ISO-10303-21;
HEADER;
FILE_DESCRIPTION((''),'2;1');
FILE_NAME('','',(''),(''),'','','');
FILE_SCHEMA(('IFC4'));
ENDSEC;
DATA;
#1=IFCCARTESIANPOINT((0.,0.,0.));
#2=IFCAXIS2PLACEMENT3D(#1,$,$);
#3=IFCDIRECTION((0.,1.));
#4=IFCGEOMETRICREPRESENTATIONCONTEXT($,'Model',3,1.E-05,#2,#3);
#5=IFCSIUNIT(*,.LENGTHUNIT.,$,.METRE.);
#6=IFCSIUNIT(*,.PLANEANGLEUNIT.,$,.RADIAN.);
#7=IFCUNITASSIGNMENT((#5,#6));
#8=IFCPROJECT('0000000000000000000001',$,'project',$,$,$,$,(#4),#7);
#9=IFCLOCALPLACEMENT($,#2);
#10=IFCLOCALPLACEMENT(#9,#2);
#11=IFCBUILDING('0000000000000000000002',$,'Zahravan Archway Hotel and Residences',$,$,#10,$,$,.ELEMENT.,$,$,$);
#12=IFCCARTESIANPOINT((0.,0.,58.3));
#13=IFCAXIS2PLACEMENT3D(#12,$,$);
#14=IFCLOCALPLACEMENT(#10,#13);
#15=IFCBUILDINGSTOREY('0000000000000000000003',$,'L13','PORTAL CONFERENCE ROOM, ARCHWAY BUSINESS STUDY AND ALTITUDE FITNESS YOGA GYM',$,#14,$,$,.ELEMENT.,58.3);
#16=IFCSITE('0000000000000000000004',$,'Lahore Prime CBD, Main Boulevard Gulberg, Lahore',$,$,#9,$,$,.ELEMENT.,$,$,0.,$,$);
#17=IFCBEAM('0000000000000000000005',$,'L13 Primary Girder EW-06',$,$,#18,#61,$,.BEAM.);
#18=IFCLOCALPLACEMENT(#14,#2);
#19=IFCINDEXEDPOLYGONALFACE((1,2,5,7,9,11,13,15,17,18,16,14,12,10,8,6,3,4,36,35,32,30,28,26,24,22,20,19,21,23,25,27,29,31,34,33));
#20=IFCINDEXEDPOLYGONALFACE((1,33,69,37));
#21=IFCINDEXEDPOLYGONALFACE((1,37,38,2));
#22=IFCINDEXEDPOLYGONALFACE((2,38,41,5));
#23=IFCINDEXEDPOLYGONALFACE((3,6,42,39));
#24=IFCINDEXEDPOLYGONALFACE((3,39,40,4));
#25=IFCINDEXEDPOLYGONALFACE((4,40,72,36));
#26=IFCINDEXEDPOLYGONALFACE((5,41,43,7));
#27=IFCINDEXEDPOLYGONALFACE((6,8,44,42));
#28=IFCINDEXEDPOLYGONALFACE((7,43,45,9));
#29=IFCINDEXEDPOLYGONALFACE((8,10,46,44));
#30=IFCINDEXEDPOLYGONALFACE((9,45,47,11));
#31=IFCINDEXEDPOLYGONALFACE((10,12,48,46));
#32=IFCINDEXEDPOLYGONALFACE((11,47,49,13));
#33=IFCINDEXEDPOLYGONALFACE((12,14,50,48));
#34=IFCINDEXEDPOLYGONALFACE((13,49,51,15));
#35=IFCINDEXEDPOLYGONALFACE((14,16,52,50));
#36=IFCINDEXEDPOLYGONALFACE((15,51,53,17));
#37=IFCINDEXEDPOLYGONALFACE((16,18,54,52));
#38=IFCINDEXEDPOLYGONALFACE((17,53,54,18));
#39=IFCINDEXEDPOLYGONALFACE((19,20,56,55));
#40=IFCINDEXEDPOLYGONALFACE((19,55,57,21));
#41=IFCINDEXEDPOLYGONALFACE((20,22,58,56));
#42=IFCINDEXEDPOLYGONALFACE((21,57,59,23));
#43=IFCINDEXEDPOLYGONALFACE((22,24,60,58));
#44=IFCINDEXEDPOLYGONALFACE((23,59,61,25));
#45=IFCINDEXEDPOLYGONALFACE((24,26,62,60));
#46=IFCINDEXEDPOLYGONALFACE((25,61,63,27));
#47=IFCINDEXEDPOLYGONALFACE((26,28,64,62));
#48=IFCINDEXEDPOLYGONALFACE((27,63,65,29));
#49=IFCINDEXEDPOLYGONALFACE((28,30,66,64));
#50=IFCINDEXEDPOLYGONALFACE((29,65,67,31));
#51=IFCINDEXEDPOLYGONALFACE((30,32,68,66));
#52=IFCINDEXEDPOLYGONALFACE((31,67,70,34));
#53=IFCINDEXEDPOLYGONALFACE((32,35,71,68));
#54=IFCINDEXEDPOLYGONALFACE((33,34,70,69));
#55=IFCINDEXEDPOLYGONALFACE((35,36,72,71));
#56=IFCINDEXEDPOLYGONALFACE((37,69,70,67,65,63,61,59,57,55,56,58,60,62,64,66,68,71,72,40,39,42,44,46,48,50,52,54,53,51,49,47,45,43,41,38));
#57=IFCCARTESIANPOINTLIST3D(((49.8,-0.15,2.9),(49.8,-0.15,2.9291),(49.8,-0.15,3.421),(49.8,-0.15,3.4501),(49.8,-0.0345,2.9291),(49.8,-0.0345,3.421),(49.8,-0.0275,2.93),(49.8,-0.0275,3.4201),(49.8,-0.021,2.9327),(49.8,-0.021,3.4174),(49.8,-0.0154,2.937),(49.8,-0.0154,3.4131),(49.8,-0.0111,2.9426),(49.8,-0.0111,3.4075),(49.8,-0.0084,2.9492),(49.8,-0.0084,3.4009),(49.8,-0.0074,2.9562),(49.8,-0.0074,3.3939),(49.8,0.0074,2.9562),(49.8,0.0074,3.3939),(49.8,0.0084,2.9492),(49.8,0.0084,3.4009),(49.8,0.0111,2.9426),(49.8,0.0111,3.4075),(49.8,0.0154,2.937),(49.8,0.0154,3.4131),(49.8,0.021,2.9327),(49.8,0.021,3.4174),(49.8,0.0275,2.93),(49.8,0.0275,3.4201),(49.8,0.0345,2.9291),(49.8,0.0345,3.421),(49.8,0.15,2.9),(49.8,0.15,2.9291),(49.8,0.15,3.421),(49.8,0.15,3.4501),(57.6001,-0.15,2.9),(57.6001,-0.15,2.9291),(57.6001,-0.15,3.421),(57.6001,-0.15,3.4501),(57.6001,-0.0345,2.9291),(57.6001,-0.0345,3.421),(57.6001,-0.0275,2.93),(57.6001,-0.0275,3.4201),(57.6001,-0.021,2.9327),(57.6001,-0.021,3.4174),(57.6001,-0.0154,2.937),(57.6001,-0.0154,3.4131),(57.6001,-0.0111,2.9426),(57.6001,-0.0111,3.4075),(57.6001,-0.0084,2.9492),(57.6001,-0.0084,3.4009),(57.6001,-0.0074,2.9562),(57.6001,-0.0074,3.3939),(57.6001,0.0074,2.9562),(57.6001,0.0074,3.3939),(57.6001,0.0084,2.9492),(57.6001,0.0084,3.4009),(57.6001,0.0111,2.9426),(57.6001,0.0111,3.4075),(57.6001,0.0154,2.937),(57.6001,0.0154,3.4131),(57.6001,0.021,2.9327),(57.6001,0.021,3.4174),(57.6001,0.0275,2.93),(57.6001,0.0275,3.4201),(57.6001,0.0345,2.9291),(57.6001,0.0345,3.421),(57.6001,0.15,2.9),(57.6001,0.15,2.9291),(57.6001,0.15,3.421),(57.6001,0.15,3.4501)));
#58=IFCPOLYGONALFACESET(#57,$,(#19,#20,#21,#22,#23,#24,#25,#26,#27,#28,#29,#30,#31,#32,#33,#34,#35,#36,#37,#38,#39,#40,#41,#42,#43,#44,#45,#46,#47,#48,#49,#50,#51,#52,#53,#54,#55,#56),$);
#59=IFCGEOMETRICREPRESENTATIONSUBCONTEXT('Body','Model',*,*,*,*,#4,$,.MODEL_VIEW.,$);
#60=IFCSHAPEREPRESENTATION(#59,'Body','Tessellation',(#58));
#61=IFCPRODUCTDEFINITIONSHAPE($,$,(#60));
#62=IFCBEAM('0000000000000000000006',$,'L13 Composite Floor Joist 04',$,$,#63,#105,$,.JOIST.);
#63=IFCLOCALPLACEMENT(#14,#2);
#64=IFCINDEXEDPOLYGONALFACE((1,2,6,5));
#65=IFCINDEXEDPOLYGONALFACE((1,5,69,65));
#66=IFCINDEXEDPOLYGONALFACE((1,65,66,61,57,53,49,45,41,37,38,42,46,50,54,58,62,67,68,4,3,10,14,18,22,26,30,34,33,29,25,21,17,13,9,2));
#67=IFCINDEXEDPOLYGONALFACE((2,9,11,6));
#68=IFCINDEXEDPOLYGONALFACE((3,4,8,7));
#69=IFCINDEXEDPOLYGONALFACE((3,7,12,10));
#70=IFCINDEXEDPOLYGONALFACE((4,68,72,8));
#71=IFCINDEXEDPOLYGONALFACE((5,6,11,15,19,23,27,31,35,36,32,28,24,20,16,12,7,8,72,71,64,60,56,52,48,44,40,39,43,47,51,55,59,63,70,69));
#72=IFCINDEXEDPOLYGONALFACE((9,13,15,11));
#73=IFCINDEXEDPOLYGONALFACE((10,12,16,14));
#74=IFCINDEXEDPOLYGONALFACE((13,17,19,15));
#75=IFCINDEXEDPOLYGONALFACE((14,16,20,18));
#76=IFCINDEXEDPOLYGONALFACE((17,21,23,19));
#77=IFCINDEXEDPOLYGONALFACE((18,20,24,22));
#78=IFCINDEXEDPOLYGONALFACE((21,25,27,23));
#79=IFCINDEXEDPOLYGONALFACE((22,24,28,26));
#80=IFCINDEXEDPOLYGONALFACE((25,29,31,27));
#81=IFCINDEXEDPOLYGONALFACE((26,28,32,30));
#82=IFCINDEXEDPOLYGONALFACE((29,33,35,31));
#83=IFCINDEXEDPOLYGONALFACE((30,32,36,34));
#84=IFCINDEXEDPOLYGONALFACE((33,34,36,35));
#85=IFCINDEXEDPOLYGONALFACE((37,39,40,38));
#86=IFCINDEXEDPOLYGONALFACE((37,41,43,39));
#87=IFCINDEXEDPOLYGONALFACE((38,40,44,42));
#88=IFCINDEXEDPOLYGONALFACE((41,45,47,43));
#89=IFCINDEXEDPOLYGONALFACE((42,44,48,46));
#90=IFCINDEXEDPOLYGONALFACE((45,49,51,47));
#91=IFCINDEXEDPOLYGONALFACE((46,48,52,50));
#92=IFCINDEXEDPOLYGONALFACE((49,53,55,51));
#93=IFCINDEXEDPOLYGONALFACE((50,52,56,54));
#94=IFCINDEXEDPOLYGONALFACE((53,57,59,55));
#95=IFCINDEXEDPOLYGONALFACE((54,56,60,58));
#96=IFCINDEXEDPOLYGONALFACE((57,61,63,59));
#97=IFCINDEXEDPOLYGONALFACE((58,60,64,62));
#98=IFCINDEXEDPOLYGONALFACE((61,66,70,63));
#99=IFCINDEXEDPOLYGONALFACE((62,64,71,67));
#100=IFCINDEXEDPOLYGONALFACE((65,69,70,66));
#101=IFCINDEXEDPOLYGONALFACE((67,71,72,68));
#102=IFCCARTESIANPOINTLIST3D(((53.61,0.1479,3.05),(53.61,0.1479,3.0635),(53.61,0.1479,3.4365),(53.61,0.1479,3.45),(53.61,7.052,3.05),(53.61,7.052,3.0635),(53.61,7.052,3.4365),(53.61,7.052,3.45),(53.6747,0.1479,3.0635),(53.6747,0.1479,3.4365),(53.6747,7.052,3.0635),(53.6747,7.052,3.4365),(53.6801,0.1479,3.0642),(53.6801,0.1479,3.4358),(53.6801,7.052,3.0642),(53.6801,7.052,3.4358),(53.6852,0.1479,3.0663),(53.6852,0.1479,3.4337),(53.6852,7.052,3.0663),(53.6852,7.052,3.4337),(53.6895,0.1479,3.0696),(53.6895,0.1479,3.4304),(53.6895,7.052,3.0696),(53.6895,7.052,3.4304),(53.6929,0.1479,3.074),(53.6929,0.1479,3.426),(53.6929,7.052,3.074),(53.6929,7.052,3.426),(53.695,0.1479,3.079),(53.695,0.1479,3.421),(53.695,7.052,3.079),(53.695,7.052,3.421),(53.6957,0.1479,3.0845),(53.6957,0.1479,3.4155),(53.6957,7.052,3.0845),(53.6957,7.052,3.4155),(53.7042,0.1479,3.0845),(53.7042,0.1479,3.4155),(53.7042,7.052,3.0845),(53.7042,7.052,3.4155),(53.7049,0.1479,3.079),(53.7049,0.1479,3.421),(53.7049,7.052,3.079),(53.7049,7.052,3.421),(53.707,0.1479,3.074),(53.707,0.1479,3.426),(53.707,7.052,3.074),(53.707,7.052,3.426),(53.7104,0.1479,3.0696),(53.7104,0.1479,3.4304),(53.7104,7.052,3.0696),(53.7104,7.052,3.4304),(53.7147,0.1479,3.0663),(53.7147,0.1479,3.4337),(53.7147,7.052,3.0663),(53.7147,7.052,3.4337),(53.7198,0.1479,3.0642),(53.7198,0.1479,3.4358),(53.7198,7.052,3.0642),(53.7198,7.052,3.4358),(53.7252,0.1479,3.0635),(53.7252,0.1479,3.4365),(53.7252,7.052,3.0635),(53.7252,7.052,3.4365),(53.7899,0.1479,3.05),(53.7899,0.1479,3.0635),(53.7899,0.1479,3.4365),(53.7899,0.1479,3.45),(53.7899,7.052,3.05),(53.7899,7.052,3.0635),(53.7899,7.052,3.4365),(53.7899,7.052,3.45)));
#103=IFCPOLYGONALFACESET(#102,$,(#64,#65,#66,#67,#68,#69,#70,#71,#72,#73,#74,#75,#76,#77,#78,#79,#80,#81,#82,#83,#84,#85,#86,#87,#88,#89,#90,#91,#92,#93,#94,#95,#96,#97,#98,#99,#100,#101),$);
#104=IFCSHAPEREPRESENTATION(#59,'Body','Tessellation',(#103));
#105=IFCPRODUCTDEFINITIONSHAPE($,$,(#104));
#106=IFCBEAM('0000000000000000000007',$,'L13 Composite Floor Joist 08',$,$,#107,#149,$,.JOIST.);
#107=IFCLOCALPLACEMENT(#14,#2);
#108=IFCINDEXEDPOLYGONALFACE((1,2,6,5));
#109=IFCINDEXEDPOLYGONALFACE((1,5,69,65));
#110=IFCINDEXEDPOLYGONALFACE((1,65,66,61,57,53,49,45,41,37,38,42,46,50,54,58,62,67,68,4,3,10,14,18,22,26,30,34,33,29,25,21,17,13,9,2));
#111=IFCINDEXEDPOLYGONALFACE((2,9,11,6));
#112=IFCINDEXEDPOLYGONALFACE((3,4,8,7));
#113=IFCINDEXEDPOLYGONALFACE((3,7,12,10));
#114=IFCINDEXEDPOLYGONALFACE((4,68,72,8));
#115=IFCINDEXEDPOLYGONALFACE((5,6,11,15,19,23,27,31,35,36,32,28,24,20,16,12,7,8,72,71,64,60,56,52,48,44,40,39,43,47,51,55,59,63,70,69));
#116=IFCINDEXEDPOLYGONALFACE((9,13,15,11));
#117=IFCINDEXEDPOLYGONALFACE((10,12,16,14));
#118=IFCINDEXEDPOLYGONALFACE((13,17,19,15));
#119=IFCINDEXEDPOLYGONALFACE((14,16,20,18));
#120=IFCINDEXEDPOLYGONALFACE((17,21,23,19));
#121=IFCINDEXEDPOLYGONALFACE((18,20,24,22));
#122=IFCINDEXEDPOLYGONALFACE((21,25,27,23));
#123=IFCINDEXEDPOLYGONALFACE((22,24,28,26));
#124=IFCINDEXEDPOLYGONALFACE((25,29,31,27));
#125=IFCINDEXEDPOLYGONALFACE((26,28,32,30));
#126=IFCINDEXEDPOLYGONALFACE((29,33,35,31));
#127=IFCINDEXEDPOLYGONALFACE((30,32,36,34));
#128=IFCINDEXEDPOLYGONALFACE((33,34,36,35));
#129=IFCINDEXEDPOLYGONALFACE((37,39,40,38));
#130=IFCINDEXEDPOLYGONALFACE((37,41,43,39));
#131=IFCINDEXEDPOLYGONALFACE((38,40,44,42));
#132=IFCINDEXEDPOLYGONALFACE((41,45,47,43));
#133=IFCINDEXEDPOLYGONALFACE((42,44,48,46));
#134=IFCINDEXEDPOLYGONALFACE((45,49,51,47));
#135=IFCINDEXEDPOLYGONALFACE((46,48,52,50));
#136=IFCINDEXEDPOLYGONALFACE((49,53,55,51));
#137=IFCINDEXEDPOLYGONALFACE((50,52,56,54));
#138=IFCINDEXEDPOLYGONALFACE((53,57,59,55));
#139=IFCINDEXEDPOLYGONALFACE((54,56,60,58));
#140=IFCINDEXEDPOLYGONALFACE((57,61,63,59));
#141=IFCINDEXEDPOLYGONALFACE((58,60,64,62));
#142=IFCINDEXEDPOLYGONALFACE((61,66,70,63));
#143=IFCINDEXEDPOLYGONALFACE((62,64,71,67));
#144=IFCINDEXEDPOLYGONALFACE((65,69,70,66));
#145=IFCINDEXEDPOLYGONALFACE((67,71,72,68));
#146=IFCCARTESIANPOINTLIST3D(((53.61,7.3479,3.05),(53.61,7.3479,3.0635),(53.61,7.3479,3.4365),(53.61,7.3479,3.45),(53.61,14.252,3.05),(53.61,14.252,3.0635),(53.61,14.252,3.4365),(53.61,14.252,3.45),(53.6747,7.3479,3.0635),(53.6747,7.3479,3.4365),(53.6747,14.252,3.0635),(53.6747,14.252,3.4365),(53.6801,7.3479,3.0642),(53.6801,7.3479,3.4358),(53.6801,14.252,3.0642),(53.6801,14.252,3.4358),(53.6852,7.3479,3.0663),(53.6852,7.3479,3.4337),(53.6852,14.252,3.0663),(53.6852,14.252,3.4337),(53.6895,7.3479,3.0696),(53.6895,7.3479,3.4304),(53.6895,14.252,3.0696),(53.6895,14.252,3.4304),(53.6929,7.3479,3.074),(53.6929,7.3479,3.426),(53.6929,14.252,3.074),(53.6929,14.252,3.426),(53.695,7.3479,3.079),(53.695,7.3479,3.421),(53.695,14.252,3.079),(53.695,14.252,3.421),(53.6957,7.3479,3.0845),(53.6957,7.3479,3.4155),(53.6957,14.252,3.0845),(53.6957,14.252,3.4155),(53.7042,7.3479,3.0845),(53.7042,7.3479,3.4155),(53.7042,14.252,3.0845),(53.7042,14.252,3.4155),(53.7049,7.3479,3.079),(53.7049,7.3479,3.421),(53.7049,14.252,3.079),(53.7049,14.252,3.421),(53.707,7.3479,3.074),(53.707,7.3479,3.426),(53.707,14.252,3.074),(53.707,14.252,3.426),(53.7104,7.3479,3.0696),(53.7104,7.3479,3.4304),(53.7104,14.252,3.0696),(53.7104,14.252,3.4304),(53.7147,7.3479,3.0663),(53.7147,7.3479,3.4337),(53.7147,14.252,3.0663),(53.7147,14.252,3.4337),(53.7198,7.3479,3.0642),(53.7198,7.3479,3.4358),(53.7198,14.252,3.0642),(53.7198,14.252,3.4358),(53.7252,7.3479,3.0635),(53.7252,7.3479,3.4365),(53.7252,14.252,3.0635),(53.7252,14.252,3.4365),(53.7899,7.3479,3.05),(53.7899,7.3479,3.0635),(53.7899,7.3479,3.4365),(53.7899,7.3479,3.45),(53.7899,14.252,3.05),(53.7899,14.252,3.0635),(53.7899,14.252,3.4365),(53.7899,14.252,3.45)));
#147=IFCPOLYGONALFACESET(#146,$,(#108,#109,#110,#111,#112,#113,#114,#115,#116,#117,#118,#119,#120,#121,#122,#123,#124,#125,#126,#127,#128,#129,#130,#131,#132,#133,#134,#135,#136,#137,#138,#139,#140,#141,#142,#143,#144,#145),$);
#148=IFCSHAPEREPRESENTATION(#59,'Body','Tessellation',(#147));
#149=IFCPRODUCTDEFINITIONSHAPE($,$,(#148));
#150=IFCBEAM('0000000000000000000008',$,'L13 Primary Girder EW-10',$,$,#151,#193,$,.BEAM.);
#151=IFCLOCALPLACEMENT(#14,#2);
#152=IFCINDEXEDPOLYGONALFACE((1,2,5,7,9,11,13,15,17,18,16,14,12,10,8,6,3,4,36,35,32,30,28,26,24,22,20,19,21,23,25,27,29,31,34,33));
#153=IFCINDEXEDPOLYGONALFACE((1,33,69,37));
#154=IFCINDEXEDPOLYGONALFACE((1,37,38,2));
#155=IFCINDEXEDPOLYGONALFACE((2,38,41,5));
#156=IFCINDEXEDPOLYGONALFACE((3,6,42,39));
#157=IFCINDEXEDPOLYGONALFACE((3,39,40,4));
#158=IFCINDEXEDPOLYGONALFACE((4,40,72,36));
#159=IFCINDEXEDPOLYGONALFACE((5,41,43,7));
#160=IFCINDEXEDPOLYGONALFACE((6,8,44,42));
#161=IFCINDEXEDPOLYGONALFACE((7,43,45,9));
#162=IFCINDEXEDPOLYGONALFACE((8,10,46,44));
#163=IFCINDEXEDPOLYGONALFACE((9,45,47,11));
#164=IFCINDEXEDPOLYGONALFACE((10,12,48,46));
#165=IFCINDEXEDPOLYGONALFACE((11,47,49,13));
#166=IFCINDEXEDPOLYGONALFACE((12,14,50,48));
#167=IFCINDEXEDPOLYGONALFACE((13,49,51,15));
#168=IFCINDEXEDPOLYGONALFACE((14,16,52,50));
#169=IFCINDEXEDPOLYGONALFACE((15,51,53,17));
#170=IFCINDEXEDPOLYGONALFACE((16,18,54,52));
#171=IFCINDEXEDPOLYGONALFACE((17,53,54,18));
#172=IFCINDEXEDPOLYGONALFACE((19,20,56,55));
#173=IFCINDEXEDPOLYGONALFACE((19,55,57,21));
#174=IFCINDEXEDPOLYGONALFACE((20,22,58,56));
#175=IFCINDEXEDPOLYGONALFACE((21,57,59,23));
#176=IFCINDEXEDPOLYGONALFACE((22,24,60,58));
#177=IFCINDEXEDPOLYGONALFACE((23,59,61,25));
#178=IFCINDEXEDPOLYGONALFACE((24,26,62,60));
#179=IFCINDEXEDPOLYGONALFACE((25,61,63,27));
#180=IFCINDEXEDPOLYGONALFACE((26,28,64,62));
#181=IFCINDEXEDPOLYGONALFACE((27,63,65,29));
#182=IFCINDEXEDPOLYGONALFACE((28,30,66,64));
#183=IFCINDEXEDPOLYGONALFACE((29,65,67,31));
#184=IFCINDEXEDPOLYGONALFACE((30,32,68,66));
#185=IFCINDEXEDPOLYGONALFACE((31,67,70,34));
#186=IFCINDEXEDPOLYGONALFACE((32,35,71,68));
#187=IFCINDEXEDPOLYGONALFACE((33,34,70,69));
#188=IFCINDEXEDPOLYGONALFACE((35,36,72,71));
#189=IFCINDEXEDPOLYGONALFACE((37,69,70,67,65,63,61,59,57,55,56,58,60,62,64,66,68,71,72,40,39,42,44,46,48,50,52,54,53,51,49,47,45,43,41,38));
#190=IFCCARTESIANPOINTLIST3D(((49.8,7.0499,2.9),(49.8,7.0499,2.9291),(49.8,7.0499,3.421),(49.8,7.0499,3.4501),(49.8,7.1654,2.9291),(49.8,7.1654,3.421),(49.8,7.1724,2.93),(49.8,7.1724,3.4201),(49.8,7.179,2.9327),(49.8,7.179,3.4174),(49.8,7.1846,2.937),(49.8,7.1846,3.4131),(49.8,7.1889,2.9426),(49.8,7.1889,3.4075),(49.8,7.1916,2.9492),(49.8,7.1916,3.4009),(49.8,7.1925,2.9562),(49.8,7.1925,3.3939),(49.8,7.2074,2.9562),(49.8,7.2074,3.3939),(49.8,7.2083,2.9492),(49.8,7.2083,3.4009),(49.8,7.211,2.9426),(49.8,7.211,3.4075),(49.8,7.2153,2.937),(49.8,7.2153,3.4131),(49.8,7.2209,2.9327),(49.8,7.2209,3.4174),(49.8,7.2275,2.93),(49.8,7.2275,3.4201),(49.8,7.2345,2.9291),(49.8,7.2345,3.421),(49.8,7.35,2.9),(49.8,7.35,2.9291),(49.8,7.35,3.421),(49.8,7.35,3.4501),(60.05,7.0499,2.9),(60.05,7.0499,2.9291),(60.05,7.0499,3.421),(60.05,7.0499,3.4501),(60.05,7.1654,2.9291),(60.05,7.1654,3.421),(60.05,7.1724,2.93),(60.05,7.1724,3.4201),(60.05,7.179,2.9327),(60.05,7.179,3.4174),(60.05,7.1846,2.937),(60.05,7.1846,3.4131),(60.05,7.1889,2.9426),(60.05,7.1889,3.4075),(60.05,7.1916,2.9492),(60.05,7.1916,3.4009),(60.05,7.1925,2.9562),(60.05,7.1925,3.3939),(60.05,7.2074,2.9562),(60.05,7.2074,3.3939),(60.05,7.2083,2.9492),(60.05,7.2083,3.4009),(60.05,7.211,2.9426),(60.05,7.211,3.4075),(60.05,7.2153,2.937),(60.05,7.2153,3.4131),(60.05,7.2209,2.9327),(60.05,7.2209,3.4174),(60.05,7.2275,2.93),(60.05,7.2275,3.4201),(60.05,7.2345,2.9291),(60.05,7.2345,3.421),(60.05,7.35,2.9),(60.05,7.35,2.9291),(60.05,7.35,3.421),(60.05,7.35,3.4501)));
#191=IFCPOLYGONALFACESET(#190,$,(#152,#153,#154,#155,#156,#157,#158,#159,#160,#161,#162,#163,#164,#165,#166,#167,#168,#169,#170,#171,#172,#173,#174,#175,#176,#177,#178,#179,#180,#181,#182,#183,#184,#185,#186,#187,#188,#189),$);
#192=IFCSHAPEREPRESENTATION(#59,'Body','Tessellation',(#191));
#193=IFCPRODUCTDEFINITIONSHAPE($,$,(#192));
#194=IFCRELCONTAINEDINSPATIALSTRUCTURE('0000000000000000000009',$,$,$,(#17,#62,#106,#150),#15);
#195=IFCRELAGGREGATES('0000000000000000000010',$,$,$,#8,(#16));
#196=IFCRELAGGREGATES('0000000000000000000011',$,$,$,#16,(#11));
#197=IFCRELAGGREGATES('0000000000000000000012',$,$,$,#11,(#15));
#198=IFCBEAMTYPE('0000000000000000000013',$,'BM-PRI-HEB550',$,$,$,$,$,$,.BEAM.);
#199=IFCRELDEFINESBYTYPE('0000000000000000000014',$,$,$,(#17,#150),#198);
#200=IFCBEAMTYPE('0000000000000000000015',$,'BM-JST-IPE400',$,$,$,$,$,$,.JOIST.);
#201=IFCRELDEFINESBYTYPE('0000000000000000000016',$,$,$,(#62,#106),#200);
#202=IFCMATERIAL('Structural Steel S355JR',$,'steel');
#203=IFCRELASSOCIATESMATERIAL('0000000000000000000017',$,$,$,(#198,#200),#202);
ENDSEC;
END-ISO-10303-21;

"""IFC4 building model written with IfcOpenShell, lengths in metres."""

from ifc_helpers import new_model, si_unit, direction, frame, origin, origin_2d, place, context, subcontext, project, spatial, i_section, extrude, source, transform, mapped, material, material_profile, profile_set, type_object, type_shapes, element, save


model = new_model("IFC4")

# Units and contexts
model_context = context("Model", 3, precision=1e-05, world=origin(), true_north=direction((0.0, 1.0)))
body_context = subcontext(model_context, "Body", "Model", "MODEL_VIEW")
ifc_project = project(units=[si_unit("LENGTHUNIT", "METRE"), si_unit("PLANEANGLEUNIT", "RADIAN")], contexts=[model_context])

# Site, building, storey
site_placement = place(None, origin())
site = spatial("IfcSite", under=ifc_project, at=site_placement, Name="Lahore Prime CBD, Main Boulevard Gulberg, Lahore", CompositionType="ELEMENT", RefElevation=0.0)
building_placement = place(site_placement, origin())
building = spatial("IfcBuilding", under=site, at=building_placement, Name="Zahravan Archway Hotel and Residences", CompositionType="ELEMENT")
storey_placement = place(building_placement, frame((0.0, 0.0, 58.3)))
storey = spatial("IfcBuildingStorey", under=building, at=storey_placement, Name="L13", Description="PORTAL CONFERENCE ROOM, ARCHWAY BUSINESS STUDY AND ALTITUDE FITNESS YOGA GYM", CompositionType="ELEMENT", Elevation=58.3)

# Beams
ifc_material_1 = material(Name="Structural Steel S355JR", Category="steel")
ifc_material_profile_1 = material_profile(ifc_material_1, i_section(OverallWidth=0.3, OverallDepth=0.55, WebThickness=0.0149, FlangeThickness=0.0291, FilletRadius=0.0271, at=origin_2d()), Name="HEB 550", Category="steel")
ifc_profile_set_1 = profile_set([ifc_material_profile_1], Name="Structural Steel S355JR")
beam_type_1 = type_object("IfcBeamType", Name="BM-PRI-HEB550", PredefinedType="BEAM", material=ifc_profile_set_1)
shared_shape_1 = source(origin(), body_context, "Body", "SweptSolid", [
    extrude(i_section(OverallWidth=0.3, OverallDepth=0.55, WebThickness=0.0149, FlangeThickness=0.0291, FilletRadius=0.0271, at=origin_2d()), origin(), (0.0, 0.0, 1.0), 7.8),
])
beam_1_placement = place(storey_placement, frame((49.8, 0.0, 3.175), z_axis=(1.0, 0.0, 0.0), x_axis=(0.0, 1.0, 0.0)))
element("IfcBeam", 1, at=beam_1_placement, inside=storey, type_object=beam_type_1, Name="L13 Primary Girder EW-06", PredefinedType="BEAM", context=body_context, shape_type="MappedRepresentation", body=[
    mapped(shared_shape_1, transform((0.0, 0.0, 0.0), scale=1.0)),
])
ifc_material_profile_2 = material_profile(ifc_material_1, i_section(OverallWidth=0.1799, OverallDepth=0.3999, WebThickness=0.0085, FlangeThickness=0.0134, FilletRadius=0.021, at=origin_2d()), Name="IPE 400", Category="steel")
ifc_profile_set_2 = profile_set([ifc_material_profile_2], Name="Structural Steel S355JR")
beam_type_2 = type_object("IfcBeamType", Name="BM-JST-IPE400", PredefinedType="JOIST", material=ifc_profile_set_2)
shared_shape_2 = source(origin(), body_context, "Body", "SweptSolid", [
    extrude(i_section(OverallWidth=0.1799, OverallDepth=0.3999, WebThickness=0.0085, FlangeThickness=0.0134, FilletRadius=0.021, at=origin_2d()), origin(), (0.0, 0.0, 1.0), 6.9041),
])
type_shapes(beam_type_2, [shared_shape_2])
for number, where, z_axis, x_axis, name in (
    (2, (53.7, 0.1479, 3.25), (0.0, 1.0, 0.0), (-1.0, 0.0, 0.0), "L13 Composite Floor Joist 04"),
    (3, (53.7, 7.3479, 3.25), (0.0, 1.0, 0.0), (-1.0, 0.0, 0.0), "L13 Composite Floor Joist 08"),
):
    element("IfcBeam", number, at=place(storey_placement, frame(where, z_axis=z_axis, x_axis=x_axis)), inside=storey, type_object=beam_type_2, Name=name, PredefinedType="JOIST", context=body_context, shape_type="MappedRepresentation", body=[
        mapped(shared_shape_2, transform((0.0, 0.0, 0.0), scale=1.0)),
    ])
shared_shape_3 = source(origin(), body_context, "Body", "SweptSolid", [
    extrude(i_section(OverallWidth=0.3, OverallDepth=0.55, WebThickness=0.0149, FlangeThickness=0.0291, FilletRadius=0.0271, at=origin_2d()), origin(), (0.0, 0.0, 1.0), 10.25),
])
beam_2_placement = place(storey_placement, frame((49.8, 7.2, 3.175), z_axis=(1.0, 0.0, 0.0), x_axis=(0.0, 1.0, 0.0)))
element("IfcBeam", 4, at=beam_2_placement, inside=storey, type_object=beam_type_1, Name="L13 Primary Girder EW-10", PredefinedType="BEAM", context=body_context, shape_type="MappedRepresentation", body=[
    mapped(shared_shape_3, transform((0.0, 0.0, 0.0), scale=1.0)),
])

save(model, "model.ifc")
